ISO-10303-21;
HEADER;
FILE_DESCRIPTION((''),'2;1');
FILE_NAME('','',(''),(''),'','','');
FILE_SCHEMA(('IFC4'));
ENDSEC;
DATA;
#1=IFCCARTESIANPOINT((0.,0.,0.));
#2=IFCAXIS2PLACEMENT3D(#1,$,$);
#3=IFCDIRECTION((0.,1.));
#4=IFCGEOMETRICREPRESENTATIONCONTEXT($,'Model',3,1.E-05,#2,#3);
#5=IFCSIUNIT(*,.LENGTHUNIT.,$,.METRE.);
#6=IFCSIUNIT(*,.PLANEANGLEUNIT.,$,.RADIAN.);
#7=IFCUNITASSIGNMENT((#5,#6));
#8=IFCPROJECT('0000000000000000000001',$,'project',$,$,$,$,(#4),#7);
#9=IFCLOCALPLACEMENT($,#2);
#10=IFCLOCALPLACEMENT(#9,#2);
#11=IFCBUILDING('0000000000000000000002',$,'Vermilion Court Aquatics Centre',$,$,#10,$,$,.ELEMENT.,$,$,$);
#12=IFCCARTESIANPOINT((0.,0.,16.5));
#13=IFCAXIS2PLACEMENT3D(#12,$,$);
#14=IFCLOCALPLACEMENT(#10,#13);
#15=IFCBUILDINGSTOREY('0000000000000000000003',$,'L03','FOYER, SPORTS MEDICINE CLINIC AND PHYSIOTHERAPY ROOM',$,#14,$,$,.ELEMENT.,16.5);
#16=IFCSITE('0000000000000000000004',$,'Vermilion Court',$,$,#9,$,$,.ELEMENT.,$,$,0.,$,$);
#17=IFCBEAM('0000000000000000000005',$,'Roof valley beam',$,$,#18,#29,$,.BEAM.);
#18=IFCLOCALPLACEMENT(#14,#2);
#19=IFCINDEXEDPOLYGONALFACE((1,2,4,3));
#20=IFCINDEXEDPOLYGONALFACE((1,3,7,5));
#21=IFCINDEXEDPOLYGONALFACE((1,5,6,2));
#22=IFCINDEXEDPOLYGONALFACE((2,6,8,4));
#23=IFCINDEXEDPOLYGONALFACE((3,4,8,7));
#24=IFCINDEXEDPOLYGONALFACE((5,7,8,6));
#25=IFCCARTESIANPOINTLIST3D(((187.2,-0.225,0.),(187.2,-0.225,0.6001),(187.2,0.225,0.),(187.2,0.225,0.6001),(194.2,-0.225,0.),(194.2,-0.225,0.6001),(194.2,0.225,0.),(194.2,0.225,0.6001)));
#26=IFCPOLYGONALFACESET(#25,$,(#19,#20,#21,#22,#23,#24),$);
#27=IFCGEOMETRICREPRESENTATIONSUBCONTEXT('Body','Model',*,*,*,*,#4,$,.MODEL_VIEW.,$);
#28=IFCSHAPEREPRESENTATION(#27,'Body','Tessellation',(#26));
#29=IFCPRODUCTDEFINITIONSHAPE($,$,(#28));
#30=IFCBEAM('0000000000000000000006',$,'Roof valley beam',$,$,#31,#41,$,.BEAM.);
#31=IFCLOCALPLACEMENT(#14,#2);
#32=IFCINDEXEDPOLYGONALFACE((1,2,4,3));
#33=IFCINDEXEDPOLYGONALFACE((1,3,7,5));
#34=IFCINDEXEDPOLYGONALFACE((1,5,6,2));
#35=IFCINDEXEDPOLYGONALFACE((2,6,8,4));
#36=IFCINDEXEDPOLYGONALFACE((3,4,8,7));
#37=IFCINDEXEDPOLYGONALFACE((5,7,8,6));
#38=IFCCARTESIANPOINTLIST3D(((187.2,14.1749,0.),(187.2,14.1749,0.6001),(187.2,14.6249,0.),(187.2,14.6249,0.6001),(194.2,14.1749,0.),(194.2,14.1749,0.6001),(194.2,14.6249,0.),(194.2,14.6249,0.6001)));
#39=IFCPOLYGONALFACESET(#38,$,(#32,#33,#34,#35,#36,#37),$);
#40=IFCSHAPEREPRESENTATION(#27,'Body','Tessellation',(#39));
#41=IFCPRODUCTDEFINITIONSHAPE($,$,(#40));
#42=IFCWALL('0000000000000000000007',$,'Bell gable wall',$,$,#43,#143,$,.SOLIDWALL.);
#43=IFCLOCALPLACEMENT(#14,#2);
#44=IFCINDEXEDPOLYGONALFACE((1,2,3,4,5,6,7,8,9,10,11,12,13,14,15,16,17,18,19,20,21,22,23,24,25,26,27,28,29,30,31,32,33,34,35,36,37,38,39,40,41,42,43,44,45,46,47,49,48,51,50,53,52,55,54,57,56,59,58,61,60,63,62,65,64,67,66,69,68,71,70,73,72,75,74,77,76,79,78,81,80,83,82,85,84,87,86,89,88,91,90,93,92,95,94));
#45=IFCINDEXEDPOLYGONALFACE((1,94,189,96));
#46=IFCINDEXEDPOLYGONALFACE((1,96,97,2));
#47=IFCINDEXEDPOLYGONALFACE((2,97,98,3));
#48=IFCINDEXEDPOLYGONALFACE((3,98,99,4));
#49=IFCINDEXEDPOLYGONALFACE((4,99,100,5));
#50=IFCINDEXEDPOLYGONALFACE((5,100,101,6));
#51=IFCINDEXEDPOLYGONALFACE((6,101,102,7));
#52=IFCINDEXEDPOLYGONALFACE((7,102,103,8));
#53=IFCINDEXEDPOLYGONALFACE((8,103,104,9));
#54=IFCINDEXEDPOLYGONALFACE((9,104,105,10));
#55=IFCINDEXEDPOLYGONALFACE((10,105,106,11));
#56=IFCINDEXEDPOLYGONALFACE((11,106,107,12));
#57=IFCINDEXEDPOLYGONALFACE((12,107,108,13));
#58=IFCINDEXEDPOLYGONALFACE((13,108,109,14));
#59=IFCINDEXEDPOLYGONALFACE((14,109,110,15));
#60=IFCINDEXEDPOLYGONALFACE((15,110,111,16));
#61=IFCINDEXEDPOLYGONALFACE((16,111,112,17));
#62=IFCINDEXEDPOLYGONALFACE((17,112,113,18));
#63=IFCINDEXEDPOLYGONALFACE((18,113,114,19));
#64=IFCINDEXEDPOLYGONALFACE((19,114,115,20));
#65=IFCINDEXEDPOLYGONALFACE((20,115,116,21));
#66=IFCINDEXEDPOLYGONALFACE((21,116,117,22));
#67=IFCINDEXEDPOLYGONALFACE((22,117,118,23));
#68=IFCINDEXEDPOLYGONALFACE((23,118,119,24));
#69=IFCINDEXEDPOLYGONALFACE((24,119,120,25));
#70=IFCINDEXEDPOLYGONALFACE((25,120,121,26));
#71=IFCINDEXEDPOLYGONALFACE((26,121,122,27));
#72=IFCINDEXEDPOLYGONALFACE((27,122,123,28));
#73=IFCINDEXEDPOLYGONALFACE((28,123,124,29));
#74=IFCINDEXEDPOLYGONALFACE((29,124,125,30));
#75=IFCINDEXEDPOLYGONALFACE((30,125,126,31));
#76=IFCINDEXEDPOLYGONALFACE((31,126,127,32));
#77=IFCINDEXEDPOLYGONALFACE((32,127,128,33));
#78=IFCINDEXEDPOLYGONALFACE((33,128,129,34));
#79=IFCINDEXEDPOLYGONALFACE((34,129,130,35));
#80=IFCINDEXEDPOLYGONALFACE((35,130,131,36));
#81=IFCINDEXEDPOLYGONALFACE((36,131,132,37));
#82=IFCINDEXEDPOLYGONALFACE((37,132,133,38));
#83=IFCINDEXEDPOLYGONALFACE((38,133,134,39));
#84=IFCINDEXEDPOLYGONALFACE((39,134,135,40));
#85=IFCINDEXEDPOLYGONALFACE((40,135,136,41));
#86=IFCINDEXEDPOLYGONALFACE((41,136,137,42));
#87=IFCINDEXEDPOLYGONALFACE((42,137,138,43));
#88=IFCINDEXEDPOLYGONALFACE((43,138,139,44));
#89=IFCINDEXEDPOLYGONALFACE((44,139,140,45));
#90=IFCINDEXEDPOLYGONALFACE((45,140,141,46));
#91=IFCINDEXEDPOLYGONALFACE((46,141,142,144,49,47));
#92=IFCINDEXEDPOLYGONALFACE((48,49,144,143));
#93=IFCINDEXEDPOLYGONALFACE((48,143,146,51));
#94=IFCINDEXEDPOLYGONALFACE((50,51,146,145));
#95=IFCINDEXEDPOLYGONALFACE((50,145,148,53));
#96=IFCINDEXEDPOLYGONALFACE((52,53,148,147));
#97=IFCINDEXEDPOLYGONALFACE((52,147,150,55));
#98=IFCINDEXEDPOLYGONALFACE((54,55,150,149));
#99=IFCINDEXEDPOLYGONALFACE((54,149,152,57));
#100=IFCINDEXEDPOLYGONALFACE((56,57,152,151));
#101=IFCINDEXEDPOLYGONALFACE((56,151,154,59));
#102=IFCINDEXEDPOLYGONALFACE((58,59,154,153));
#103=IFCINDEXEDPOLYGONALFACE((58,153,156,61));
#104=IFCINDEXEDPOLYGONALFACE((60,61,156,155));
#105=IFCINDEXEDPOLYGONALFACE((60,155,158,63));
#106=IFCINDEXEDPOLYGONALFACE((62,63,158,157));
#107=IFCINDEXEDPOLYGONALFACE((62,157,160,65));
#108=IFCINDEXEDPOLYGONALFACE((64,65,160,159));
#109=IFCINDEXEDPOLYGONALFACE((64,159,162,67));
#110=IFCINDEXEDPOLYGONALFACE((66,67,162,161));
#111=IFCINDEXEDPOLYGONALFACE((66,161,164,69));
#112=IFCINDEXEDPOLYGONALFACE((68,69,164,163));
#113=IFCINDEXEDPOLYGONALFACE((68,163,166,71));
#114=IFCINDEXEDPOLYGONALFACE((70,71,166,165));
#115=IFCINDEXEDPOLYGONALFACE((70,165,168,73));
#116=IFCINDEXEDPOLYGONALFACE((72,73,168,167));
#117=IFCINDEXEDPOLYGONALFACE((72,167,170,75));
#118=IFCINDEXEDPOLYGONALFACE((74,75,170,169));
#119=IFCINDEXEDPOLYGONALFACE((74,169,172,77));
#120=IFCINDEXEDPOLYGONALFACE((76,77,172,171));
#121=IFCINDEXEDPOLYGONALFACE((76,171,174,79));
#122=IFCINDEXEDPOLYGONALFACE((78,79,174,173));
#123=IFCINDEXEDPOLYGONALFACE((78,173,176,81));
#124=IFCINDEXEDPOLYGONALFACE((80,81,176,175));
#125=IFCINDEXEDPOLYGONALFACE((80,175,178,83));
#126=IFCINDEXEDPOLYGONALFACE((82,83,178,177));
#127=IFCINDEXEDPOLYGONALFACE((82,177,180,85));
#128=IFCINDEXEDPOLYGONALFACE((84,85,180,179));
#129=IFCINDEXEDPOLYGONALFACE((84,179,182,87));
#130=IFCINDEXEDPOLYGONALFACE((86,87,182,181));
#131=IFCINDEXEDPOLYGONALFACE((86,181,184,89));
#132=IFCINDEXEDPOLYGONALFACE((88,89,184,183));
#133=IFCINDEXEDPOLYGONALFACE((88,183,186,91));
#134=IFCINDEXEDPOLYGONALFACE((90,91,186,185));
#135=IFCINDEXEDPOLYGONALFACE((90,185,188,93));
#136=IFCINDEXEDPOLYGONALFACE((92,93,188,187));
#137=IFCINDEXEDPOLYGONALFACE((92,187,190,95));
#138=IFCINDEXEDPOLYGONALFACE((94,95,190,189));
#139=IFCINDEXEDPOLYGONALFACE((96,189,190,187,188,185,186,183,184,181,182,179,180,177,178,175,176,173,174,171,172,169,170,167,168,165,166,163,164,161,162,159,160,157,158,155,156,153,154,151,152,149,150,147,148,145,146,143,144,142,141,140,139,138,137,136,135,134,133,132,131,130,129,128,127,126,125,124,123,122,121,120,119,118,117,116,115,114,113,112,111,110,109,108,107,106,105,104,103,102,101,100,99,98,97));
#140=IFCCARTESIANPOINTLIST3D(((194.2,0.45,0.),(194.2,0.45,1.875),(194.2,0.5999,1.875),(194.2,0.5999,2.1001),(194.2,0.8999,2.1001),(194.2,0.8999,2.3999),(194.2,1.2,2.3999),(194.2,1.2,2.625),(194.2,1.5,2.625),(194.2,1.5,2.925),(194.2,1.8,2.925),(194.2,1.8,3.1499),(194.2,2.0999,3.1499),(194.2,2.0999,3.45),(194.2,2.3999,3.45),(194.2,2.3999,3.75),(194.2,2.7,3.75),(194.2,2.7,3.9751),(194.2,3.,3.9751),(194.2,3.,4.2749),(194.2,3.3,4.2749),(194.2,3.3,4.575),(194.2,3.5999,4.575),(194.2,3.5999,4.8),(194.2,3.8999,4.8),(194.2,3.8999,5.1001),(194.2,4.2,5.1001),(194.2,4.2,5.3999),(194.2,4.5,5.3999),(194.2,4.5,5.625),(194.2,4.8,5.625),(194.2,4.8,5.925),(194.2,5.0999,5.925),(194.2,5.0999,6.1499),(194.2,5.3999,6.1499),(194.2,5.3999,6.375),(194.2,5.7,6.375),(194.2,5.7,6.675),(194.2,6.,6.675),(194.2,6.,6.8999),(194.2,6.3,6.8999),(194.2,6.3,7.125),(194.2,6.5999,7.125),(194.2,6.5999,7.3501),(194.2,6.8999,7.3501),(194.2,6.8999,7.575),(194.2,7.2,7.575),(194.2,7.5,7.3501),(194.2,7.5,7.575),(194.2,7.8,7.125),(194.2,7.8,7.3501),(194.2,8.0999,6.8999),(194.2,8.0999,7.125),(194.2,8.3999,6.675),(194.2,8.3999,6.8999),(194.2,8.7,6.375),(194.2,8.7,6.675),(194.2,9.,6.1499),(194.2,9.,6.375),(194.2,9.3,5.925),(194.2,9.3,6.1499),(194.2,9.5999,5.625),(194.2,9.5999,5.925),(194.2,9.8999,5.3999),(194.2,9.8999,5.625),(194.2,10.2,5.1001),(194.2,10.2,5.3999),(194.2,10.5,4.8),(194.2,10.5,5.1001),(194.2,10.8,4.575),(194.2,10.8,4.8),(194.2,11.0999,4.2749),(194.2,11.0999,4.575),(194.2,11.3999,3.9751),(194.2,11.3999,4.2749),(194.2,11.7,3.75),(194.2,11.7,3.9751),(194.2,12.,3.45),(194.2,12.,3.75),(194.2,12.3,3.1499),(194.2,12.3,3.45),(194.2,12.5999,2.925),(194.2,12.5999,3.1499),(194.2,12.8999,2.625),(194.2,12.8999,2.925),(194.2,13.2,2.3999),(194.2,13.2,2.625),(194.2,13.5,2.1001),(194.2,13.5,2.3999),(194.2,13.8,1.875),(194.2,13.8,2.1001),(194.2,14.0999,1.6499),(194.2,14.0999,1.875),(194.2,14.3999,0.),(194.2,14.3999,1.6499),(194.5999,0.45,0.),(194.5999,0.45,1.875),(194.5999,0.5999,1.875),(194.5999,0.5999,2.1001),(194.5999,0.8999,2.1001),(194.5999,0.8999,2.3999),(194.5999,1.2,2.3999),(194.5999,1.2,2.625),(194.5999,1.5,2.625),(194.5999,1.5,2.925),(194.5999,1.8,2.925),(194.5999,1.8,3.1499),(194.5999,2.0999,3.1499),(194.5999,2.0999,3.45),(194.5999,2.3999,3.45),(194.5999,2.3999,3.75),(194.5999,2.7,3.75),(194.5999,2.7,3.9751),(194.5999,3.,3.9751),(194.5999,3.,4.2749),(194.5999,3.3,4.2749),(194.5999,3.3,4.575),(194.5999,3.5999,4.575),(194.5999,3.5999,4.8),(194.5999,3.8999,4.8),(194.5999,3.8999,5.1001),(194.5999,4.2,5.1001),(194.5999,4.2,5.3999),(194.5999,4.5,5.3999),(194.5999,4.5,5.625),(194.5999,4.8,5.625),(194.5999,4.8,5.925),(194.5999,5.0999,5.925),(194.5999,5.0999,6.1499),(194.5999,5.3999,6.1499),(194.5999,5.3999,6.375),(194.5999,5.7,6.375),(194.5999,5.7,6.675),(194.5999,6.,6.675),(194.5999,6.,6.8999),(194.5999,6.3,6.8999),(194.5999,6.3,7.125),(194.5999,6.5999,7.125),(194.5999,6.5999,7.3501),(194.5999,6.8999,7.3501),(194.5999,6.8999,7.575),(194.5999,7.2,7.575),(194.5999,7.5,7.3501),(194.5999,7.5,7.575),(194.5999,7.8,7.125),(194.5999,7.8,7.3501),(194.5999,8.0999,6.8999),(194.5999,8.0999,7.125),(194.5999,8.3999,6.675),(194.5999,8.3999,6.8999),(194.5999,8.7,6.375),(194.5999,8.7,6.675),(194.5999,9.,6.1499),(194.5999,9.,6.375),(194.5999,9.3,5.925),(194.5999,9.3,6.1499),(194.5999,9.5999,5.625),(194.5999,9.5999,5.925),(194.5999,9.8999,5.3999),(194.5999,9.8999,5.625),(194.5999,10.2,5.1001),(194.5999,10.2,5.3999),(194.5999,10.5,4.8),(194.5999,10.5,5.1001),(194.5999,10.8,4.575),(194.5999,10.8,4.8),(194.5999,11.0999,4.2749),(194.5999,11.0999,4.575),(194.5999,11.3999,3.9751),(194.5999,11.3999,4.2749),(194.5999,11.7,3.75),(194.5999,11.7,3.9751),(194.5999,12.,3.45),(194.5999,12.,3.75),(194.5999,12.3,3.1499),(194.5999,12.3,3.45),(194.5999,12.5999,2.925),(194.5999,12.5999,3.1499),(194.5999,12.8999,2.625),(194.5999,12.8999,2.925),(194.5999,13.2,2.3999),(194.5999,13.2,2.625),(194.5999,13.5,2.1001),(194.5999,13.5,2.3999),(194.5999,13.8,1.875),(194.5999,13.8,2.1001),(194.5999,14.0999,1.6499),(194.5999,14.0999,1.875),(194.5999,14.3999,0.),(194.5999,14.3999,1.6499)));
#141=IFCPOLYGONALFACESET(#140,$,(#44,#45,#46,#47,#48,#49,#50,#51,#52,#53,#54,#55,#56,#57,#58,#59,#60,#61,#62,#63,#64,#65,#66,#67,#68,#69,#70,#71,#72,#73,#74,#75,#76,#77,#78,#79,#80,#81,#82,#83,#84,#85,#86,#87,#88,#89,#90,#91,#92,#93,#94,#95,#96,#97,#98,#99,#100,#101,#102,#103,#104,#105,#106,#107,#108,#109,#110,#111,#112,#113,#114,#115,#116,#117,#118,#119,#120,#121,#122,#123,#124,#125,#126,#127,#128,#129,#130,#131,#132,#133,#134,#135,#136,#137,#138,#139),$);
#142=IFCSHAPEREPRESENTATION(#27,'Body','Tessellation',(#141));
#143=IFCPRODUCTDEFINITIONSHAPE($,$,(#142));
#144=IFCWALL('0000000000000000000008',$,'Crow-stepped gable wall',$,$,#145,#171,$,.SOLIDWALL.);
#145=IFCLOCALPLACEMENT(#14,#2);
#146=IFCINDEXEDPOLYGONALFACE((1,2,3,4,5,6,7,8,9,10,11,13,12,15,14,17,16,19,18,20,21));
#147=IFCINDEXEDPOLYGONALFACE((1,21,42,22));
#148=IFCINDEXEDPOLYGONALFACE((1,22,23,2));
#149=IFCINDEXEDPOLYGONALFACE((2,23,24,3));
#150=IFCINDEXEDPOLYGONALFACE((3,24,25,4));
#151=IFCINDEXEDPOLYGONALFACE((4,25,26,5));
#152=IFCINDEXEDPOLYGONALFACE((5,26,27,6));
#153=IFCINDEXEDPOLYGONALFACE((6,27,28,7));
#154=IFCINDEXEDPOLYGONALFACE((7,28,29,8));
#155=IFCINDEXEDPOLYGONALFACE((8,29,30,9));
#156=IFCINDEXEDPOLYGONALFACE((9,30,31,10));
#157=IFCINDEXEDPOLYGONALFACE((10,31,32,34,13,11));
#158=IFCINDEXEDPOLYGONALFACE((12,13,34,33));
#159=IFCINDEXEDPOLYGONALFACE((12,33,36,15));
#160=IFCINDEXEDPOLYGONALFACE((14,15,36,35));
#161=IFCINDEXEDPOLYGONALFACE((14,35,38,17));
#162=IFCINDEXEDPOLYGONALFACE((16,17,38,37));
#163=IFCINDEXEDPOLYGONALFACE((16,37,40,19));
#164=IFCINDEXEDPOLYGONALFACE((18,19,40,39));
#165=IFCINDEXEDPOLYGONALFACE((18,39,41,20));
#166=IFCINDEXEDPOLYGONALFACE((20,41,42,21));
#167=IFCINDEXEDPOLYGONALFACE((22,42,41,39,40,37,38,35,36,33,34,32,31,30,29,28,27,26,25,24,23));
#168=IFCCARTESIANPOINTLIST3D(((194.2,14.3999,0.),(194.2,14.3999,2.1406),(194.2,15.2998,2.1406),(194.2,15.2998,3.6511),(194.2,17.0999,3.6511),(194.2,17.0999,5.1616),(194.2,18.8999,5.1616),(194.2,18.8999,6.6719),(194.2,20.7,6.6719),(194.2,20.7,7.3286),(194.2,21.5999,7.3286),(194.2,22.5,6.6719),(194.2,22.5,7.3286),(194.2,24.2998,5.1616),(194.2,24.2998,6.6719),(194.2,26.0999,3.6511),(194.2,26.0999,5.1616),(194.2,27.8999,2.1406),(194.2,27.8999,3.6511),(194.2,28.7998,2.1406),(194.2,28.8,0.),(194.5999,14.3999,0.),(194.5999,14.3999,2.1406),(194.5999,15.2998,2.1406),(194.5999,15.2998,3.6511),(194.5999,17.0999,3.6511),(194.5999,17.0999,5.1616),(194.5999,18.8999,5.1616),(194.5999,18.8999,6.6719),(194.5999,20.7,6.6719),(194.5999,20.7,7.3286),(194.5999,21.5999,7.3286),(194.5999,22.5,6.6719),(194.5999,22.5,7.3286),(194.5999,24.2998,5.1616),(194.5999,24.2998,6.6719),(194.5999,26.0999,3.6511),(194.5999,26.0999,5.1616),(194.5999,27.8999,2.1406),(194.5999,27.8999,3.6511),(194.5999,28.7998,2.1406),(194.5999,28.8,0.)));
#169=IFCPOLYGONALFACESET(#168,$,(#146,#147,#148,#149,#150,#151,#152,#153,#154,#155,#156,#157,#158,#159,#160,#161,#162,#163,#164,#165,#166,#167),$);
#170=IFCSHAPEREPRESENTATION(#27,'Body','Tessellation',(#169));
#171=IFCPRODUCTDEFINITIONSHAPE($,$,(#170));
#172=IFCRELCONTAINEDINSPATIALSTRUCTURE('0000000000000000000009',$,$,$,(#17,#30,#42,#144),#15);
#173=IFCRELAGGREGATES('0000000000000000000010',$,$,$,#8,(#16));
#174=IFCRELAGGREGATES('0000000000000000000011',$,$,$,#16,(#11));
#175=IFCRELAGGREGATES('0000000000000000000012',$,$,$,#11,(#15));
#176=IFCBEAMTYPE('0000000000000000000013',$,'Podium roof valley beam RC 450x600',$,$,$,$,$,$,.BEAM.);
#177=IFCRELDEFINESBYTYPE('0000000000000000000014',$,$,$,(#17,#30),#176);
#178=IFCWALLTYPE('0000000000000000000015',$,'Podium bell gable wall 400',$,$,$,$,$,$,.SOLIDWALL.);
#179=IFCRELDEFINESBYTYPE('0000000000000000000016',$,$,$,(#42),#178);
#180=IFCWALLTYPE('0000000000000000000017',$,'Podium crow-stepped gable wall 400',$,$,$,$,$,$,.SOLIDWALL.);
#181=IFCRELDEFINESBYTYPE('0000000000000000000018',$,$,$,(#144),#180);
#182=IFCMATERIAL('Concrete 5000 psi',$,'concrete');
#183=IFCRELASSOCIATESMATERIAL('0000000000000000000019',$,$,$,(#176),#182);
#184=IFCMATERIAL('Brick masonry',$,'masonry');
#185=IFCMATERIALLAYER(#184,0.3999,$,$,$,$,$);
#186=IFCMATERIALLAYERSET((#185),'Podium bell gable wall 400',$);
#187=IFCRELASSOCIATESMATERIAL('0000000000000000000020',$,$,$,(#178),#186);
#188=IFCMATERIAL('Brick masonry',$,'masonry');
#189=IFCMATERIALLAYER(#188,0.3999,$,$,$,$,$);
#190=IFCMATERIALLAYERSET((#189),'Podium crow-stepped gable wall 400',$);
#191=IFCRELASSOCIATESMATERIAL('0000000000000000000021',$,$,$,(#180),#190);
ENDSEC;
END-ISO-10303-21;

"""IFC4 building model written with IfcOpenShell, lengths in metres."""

from ifc_helpers import new_model, si_unit, direction, frame, origin, origin_2d, place, context, subcontext, project, spatial, polyline, rectangle, outline, extrude, material, layer, layer_set, material_profile, profile_set, type_object, element, save


model = new_model("IFC4")

# Units and contexts
model_context = context("Model", 3, precision=1e-05, world=origin(), true_north=direction((0.0, 1.0)))
body_context = subcontext(model_context, "Body", "Model", "MODEL_VIEW")
ifc_project = project(units=[si_unit("LENGTHUNIT", "METRE"), si_unit("PLANEANGLEUNIT", "RADIAN")], contexts=[model_context])

# Site, building, storey
site_placement = place(None, origin())
site = spatial("IfcSite", under=ifc_project, at=site_placement, Name="Vermilion Court", CompositionType="ELEMENT", RefElevation=0.0)
building_placement = place(site_placement, origin())
building = spatial("IfcBuilding", under=site, at=building_placement, Name="Vermilion Court Aquatics Centre", CompositionType="ELEMENT")
storey_placement = place(building_placement, frame((0.0, 0.0, 16.5)))
storey = spatial("IfcBuildingStorey", under=building, at=storey_placement, Name="L03", Description="FOYER, SPORTS MEDICINE CLINIC AND PHYSIOTHERAPY ROOM", CompositionType="ELEMENT", Elevation=16.5)

# Beams
ifc_material_1 = material(Name="Concrete 5000 psi", Category="concrete")
ifc_material_profile_1 = material_profile(ifc_material_1, rectangle(XDim=0.45, YDim=0.6001, at=origin_2d()), Name="RC 450x600")
ifc_profile_set_1 = profile_set([ifc_material_profile_1], Name="Concrete 5000 psi")
beam_type_1 = type_object("IfcBeamType", Name="Podium roof valley beam RC 450x600", PredefinedType="BEAM", material=ifc_profile_set_1)
for number, where, z_axis, x_axis, name in (
    (1, (187.2, 0.0, 0.3), (1.0, 0.0, 0.0), (0.0, 1.0, 0.0), "Roof valley beam"),
    (2, (187.2, 14.3999, 0.3), (1.0, 0.0, 0.0), (0.0, 1.0, 0.0), "Roof valley beam"),
):
    element("IfcBeam", number, at=place(storey_placement, frame(where, z_axis=z_axis, x_axis=x_axis)), inside=storey, type_object=beam_type_1, Name=name, PredefinedType="BEAM", context=body_context, shape_type="SweptSolid", body=[
        extrude(rectangle(XDim=0.45, YDim=0.6001, at=origin_2d()), origin(), (0.0, 0.0, 1.0), 7.0),
    ])

# Walls
ifc_material_2 = material(Name="Brick masonry", Category="masonry")
ifc_layer_1 = layer(ifc_material_2, 0.3999)
ifc_layer_set_1 = layer_set([ifc_layer_1], Name="Podium bell gable wall 400")
wall_type_1 = type_object("IfcWallType", Name="Podium bell gable wall 400", PredefinedType="SOLIDWALL", material=ifc_layer_set_1)
wall_1_placement = place(storey_placement, frame((194.3999, 0.45, 0.0), z_axis=(0.0, 0.0, 1.0), x_axis=(0.0, 1.0, 0.0)))
element("IfcWall", 3, at=wall_1_placement, inside=storey, type_object=wall_type_1, Name="Bell gable wall", PredefinedType="SOLIDWALL", context=body_context, shape_type="SweptSolid", body=[
    extrude(outline(polyline([(0.0, 0.0), (13.95, 0.0), (13.95, 1.6499), (13.6499, 1.6499), (13.6499, 1.875), (13.3501, 1.875), (13.3501, 2.1001), (13.05, 2.1001), (13.05, 2.3999), (12.75, 2.3999), (12.75, 2.625), (12.45, 2.625), (12.45, 2.925), (12.1499, 2.925), (12.1499, 3.1499), (11.8501, 3.1499), (11.8501, 3.45), (11.55, 3.45), (11.55, 3.75), (11.25, 3.75), (11.25, 3.9751), (10.95, 3.9751), (10.95, 4.2749), (10.6499, 4.2749), (10.6499, 4.575), (10.3501, 4.575), (10.3501, 4.8), (10.05, 4.8), (10.05, 5.1001), (9.75, 5.1001), (9.75, 5.3999), (9.45, 5.3999), (9.45, 5.625), (9.1499, 5.625), (9.1499, 5.925), (8.8501, 5.925), (8.8501, 6.1499), (8.55, 6.1499), (8.55, 6.375), (8.25, 6.375), (8.25, 6.675), (7.95, 6.675), (7.95, 6.8999), (7.6499, 6.8999), (7.6499, 7.125), (7.3501, 7.125), (7.3501, 7.3501), (7.05, 7.3501), (7.05, 7.575), (6.75, 7.575), (6.75, 7.575), (6.45, 7.575), (6.45, 7.3501), (6.1499, 7.3501), (6.1499, 7.125), (5.8501, 7.125), (5.8501, 6.8999), (5.55, 6.8999), (5.55, 6.675), (5.25, 6.675), (5.25, 6.375), (4.95, 6.375), (4.95, 6.1499), (4.6499, 6.1499), (4.6499, 5.925), (4.3501, 5.925), (4.3501, 5.625), (4.05, 5.625), (4.05, 5.3999), (3.75, 5.3999), (3.75, 5.1001), (3.45, 5.1001), (3.45, 4.8), (3.1499, 4.8), (3.1499, 4.575), (2.8501, 4.575), (2.8501, 4.2749), (2.55, 4.2749), (2.55, 3.9751), (2.25, 3.9751), (2.25, 3.75), (1.95, 3.75), (1.95, 3.45), (1.6499, 3.45), (1.6499, 3.1499), (1.3501, 3.1499), (1.3501, 2.925), (1.05, 2.925), (1.05, 2.625), (0.75, 2.625), (0.75, 2.3999), (0.45, 2.3999), (0.45, 2.1001), (0.1499, 2.1001), (0.1499, 1.875), (0.0, 1.875), (0.0, 0.0)])), frame((0.0, 0.2, 0.0), z_axis=(0.0, -1.0, 0.0), x_axis=(1.0, 0.0, 0.0)), (0.0, 0.0, 1.0), 0.3999),
])
ifc_material_3 = material(Name="Brick masonry", Category="masonry")
ifc_layer_2 = layer(ifc_material_3, 0.3999)
ifc_layer_set_2 = layer_set([ifc_layer_2], Name="Podium crow-stepped gable wall 400")
wall_type_2 = type_object("IfcWallType", Name="Podium crow-stepped gable wall 400", PredefinedType="SOLIDWALL", material=ifc_layer_set_2)
wall_2_placement = place(storey_placement, frame((194.3999, 14.3999, 0.0), z_axis=(0.0, 0.0, 1.0), x_axis=(0.0, 1.0, 0.0)))
element("IfcWall", 4, at=wall_2_placement, inside=storey, type_object=wall_type_2, Name="Crow-stepped gable wall", PredefinedType="SOLIDWALL", context=body_context, shape_type="SweptSolid", body=[
    extrude(outline(polyline([(0.0, 0.0), (14.4001, 0.0), (14.3999, 2.1406), (13.5, 2.1406), (13.5, 3.6511), (11.7, 3.6511), (11.7, 5.1616), (9.8999, 5.1616), (9.8999, 6.6719), (8.1001, 6.6719), (8.1001, 7.3286), (7.2, 7.3286), (7.2, 7.3286), (6.3, 7.3286), (6.3, 6.6719), (4.5, 6.6719), (4.5, 5.1616), (2.7, 5.1616), (2.7, 3.6511), (0.8999, 3.6511), (0.8999, 2.1406), (0.0, 2.1406), (0.0, 0.0)])), frame((0.0, 0.2, 0.0), z_axis=(0.0, -1.0, 0.0), x_axis=(1.0, 0.0, 0.0)), (0.0, 0.0, 1.0), 0.3999),
])

save(model, "model.ifc")
